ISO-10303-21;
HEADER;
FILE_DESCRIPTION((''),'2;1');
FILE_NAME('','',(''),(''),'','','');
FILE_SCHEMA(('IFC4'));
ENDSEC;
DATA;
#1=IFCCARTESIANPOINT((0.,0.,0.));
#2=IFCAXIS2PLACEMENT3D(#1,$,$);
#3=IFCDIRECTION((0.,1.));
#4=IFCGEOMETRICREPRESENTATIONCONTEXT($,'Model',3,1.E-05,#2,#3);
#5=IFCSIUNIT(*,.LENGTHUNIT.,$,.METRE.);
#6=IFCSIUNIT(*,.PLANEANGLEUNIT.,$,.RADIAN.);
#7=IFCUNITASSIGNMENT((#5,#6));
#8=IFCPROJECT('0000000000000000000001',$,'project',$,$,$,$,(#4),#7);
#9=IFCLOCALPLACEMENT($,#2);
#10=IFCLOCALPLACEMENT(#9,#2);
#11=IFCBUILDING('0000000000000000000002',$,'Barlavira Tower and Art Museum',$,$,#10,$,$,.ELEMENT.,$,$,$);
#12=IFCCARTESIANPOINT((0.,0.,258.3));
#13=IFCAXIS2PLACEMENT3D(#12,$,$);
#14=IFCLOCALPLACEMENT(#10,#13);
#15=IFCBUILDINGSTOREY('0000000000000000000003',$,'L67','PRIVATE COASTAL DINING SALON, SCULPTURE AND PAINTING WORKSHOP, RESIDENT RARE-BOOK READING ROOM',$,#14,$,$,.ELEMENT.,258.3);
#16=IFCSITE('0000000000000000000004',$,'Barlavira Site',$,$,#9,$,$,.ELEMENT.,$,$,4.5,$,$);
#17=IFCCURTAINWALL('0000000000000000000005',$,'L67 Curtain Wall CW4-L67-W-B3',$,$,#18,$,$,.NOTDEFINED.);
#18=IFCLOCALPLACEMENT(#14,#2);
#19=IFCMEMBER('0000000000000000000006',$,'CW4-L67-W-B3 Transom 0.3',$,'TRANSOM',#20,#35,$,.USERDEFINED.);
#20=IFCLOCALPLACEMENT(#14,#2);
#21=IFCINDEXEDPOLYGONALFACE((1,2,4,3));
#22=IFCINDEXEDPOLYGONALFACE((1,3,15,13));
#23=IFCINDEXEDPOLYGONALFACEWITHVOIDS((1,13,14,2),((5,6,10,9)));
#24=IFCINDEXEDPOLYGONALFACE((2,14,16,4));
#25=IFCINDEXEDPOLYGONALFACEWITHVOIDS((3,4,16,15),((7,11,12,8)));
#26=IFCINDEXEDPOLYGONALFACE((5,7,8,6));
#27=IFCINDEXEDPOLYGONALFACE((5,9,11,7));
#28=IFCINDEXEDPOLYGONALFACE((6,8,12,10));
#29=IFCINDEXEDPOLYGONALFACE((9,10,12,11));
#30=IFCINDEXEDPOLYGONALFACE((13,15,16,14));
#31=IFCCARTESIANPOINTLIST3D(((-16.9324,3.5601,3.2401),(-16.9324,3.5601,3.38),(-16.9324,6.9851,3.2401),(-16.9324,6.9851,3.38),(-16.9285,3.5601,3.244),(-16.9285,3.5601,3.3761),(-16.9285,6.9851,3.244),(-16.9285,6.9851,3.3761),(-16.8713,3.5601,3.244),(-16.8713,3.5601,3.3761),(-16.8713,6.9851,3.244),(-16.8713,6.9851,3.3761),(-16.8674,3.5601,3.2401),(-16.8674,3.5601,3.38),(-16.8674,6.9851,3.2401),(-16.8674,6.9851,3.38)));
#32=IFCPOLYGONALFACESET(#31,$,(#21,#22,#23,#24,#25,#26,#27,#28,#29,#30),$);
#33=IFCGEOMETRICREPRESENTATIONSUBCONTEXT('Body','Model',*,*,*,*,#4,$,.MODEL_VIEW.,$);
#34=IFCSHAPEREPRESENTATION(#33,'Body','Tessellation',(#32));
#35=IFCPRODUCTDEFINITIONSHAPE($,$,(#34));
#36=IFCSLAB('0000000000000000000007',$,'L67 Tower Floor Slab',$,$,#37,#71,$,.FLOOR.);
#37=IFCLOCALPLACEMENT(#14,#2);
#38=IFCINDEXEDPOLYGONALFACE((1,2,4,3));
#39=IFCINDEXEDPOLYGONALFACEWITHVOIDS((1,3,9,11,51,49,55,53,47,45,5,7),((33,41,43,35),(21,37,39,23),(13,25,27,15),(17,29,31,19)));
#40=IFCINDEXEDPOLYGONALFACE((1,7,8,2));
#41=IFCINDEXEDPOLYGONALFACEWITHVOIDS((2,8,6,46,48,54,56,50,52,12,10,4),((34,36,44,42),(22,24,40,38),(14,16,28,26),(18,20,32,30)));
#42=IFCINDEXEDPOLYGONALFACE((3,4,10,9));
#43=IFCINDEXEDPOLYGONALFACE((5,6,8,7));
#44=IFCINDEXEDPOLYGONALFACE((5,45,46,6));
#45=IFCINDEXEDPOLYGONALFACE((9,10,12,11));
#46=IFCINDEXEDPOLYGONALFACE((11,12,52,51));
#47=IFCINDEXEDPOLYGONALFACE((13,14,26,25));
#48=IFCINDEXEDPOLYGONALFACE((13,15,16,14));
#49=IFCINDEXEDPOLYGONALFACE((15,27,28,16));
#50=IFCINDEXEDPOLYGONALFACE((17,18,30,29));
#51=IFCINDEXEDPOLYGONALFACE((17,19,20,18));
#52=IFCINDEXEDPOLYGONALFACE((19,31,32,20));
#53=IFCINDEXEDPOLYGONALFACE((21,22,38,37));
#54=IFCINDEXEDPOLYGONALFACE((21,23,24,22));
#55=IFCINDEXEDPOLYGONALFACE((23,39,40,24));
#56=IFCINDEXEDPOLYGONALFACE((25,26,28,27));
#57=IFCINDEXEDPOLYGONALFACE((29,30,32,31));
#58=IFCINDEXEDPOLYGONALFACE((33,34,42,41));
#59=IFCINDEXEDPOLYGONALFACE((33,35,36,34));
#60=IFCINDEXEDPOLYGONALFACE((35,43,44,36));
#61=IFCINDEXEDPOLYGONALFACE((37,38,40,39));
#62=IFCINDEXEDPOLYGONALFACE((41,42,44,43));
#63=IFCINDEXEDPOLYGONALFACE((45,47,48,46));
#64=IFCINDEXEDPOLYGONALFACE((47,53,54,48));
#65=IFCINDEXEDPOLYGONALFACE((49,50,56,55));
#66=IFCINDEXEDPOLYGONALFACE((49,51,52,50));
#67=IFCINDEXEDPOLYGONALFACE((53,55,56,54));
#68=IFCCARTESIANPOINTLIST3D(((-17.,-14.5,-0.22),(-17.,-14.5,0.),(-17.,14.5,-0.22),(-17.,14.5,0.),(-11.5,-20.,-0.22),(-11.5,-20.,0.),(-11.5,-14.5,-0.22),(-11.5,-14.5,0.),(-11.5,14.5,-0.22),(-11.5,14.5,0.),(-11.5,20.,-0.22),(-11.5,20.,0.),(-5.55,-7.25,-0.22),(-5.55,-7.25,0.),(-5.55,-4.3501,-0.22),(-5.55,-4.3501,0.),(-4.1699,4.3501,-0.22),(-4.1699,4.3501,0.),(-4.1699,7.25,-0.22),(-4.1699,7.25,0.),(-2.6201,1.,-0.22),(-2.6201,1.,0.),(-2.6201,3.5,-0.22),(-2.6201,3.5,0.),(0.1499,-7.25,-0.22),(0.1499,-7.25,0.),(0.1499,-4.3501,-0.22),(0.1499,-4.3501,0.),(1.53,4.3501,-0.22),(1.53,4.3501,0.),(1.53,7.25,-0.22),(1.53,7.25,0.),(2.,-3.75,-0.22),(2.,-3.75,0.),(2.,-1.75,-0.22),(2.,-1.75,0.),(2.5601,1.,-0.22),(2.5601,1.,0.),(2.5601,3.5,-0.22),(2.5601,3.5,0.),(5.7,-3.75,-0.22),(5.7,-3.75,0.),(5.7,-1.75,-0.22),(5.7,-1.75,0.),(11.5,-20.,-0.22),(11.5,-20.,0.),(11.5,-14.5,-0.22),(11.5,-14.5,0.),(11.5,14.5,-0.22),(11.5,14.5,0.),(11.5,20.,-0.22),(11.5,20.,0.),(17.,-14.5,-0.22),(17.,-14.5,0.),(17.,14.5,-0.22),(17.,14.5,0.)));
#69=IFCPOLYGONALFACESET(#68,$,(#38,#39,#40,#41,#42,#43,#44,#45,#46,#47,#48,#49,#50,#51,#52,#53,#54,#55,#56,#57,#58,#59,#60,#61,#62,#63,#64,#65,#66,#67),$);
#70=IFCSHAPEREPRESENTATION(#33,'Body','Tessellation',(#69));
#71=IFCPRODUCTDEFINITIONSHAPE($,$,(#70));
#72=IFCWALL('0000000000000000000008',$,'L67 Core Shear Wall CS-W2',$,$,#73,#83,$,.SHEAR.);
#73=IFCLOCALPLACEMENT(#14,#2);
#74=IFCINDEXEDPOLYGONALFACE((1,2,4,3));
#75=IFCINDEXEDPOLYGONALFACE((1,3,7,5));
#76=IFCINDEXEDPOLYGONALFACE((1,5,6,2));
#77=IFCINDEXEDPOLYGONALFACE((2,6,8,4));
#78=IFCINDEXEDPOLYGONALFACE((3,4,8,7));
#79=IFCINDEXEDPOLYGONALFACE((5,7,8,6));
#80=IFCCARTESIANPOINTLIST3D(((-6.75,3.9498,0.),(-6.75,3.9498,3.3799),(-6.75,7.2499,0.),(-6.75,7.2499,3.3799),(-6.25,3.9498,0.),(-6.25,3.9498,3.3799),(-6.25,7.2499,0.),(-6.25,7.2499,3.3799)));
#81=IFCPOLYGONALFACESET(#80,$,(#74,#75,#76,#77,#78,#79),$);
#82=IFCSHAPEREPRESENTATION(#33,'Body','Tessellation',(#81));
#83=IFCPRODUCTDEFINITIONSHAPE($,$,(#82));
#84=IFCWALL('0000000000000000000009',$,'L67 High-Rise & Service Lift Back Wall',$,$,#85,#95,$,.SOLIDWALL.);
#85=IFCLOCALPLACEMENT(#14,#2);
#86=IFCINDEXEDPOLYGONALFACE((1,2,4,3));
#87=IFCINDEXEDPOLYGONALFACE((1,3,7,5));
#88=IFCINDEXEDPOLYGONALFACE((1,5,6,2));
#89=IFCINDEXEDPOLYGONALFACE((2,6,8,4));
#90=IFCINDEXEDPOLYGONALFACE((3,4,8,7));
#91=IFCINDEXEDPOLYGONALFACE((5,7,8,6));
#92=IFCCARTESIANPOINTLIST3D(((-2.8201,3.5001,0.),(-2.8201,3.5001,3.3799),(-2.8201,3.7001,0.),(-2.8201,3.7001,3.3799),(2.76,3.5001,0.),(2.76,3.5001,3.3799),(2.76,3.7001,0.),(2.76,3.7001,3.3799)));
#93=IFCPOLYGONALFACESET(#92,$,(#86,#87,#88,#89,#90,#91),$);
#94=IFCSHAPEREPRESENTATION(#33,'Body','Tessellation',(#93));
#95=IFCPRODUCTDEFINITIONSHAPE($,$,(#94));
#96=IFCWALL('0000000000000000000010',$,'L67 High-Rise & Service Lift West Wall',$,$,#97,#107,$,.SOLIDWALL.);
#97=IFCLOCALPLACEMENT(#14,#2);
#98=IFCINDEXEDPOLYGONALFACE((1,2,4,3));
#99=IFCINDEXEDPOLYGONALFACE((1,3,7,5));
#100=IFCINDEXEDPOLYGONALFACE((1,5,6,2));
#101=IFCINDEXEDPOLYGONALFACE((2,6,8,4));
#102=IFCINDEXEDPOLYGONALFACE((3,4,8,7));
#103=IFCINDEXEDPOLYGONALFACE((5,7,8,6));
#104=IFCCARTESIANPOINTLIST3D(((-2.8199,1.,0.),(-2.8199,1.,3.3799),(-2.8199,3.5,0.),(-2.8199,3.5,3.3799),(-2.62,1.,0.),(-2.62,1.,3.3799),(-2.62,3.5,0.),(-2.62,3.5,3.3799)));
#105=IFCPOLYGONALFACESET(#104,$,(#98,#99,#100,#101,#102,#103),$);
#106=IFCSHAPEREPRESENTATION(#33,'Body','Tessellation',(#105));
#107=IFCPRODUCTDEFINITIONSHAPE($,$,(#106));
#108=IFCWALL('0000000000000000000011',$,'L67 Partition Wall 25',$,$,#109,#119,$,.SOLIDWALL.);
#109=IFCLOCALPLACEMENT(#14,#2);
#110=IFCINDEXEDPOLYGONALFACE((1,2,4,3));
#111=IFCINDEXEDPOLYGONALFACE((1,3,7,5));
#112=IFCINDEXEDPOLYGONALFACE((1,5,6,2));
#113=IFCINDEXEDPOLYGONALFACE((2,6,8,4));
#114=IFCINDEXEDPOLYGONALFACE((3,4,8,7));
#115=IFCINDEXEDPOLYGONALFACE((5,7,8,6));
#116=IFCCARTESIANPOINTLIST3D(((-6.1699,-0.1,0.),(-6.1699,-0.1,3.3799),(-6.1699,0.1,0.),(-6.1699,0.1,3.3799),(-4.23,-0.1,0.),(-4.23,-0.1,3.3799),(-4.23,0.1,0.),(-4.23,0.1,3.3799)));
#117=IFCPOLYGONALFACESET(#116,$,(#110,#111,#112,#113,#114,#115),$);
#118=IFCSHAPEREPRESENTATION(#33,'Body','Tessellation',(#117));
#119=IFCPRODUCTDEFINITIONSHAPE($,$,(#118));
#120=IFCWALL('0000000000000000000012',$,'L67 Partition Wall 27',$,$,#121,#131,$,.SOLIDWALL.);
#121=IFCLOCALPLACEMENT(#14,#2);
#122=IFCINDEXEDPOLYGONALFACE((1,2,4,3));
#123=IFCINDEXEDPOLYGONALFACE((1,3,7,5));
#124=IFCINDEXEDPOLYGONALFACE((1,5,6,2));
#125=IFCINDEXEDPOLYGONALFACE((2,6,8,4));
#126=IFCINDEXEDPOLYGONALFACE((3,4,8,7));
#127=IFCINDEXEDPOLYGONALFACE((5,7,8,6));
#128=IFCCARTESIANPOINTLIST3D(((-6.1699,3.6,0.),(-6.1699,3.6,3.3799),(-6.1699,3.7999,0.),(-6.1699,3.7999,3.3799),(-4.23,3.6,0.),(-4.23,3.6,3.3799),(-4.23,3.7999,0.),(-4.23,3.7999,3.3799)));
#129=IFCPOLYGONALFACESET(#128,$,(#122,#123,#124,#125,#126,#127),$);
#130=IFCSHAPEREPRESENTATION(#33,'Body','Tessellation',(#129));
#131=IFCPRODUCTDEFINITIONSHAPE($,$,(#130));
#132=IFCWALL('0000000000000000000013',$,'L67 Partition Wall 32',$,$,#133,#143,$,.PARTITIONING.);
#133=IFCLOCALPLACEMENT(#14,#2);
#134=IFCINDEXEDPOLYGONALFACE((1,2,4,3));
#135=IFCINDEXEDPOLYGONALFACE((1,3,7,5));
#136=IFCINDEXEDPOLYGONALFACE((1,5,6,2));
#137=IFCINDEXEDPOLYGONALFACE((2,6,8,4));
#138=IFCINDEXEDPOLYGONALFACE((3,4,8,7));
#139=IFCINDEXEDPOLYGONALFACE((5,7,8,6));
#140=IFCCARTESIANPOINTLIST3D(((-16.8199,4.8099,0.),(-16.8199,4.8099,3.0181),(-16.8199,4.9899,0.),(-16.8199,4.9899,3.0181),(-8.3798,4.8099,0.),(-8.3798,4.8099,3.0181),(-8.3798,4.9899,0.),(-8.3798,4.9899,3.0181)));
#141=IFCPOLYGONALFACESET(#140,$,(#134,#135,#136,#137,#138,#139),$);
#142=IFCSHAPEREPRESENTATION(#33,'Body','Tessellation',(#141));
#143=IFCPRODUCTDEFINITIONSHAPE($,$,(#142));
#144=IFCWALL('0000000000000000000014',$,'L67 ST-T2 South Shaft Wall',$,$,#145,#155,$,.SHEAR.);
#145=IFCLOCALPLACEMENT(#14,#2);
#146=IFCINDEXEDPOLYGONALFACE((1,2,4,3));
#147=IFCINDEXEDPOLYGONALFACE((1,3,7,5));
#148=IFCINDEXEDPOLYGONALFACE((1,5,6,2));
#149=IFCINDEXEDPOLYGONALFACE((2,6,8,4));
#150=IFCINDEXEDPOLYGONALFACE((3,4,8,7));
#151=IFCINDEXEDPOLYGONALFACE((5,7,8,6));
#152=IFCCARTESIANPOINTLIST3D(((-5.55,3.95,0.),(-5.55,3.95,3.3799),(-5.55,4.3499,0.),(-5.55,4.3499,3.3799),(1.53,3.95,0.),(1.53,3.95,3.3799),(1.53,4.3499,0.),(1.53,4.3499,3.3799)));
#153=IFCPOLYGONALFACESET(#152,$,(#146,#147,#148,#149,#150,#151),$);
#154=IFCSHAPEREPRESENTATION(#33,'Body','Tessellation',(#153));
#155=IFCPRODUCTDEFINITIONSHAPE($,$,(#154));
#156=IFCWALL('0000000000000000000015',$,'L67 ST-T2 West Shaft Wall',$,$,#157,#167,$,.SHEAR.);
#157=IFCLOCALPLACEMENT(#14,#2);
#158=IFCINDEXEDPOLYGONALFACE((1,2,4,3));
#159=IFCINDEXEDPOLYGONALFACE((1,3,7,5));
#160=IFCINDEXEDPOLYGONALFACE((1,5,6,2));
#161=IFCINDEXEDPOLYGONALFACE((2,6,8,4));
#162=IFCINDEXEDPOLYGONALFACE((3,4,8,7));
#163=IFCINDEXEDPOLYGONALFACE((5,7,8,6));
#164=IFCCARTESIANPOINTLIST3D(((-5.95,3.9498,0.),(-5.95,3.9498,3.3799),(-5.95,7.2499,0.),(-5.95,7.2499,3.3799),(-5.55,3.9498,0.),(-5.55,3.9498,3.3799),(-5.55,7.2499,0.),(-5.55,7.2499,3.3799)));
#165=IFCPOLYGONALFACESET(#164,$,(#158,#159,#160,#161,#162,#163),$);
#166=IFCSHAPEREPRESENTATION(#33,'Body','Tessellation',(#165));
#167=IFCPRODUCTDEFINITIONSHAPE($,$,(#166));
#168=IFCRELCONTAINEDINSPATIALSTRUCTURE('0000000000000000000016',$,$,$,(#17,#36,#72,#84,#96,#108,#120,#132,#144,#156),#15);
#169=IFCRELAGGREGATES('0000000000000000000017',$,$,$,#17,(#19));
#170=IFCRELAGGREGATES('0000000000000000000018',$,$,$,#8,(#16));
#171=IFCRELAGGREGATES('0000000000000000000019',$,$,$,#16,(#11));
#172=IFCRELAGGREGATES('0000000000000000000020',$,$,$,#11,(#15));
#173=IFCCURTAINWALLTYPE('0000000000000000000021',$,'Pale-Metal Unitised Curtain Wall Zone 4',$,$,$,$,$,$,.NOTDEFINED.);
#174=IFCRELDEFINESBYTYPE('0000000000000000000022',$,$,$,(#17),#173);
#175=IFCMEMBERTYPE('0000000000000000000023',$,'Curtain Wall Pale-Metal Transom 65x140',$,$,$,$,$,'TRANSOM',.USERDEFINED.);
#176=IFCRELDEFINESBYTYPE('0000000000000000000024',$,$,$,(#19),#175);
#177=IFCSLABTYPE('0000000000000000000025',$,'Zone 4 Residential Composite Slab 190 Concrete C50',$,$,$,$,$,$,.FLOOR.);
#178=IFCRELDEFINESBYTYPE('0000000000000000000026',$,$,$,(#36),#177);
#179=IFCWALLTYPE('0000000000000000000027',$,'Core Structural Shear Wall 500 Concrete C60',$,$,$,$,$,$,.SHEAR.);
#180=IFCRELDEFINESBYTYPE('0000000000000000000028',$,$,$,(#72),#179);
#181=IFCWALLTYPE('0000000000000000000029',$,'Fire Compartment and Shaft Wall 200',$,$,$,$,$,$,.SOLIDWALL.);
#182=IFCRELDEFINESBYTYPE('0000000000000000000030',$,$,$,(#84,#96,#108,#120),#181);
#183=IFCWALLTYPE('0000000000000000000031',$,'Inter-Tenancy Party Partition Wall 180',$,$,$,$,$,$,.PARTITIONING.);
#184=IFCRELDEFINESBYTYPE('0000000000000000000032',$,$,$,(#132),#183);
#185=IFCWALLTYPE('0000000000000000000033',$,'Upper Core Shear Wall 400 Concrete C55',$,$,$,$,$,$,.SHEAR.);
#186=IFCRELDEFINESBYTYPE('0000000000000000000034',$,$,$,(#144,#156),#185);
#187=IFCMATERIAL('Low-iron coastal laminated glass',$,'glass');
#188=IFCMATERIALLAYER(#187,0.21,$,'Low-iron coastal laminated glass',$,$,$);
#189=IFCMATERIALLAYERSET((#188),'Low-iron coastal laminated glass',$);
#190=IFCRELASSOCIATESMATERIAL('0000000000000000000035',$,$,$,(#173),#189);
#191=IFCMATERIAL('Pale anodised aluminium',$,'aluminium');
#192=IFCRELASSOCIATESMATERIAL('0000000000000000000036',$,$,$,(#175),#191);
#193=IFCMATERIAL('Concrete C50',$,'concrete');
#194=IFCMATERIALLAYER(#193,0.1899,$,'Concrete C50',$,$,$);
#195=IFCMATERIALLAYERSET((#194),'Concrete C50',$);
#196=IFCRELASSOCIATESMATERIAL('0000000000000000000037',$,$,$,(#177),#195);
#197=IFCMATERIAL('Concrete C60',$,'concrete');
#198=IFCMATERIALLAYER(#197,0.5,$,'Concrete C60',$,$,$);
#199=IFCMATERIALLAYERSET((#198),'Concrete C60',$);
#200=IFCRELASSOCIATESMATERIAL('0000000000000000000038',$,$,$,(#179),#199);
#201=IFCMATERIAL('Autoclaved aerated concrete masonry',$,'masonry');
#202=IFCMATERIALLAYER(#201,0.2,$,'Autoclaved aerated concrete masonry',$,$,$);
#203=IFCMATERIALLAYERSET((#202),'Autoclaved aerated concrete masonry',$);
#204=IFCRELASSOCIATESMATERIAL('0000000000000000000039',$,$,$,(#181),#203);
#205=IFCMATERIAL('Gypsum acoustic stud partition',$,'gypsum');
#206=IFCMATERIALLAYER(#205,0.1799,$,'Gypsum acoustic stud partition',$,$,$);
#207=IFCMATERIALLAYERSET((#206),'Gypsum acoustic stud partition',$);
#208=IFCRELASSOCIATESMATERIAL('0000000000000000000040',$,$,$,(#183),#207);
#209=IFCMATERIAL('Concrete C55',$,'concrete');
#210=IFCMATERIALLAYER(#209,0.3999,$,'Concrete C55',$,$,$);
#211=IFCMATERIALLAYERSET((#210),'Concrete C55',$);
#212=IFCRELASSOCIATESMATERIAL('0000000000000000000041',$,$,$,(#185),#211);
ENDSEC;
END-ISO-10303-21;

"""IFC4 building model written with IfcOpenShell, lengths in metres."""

from ifc_helpers import new_model, si_unit, direction, frame, frame_2d, origin, origin_2d, place, context, subcontext, project, spatial, polyline, rectangle, hollow_rectangle, outline, extrude, material, layer, layer_set, material_profile, profile_set, type_object, element, aggregate, save


model = new_model("IFC4")

# Units and contexts
model_context = context("Model", 3, precision=1e-05, world=origin(), true_north=direction((0.0, 1.0)))
body_context = subcontext(model_context, "Body", "Model", "MODEL_VIEW")
ifc_project = project(units=[si_unit("LENGTHUNIT", "METRE"), si_unit("PLANEANGLEUNIT", "RADIAN")], contexts=[model_context])

# Site, building, storey
site_placement = place(None, origin())
site = spatial("IfcSite", under=ifc_project, at=site_placement, Name="Barlavira Site", CompositionType="ELEMENT", RefElevation=4.5)
building_placement = place(site_placement, origin())
building = spatial("IfcBuilding", under=site, at=building_placement, Name="Barlavira Tower and Art Museum", CompositionType="ELEMENT")
storey_placement = place(building_placement, frame((0.0, 0.0, 258.3)))
storey = spatial("IfcBuildingStorey", under=building, at=storey_placement, Name="L67", Description="PRIVATE COASTAL DINING SALON, SCULPTURE AND PAINTING WORKSHOP, RESIDENT RARE-BOOK READING ROOM", CompositionType="ELEMENT", Elevation=258.3)

# Curtain wall, member
ifc_material_1 = material(Name="Low-iron coastal laminated glass", Category="glass")
ifc_layer_1 = layer(ifc_material_1, 0.21, Name="Low-iron coastal laminated glass")
ifc_layer_set_1 = layer_set([ifc_layer_1], Name="Low-iron coastal laminated glass")
curtain_wall_type = type_object("IfcCurtainWallType", Name="Pale-Metal Unitised Curtain Wall Zone 4", PredefinedType="NOTDEFINED", material=ifc_layer_set_1)
curtain_wall_placement = place(storey_placement, origin())
curtain_wall = element("IfcCurtainWall", 1, at=curtain_wall_placement, inside=storey, type_object=curtain_wall_type, Name="L67 Curtain Wall CW4-L67-W-B3", PredefinedType="NOTDEFINED")
ifc_material_2 = material(Name="Pale anodised aluminium", Category="aluminium")
ifc_material_profile = material_profile(ifc_material_2, hollow_rectangle(XDim=0.0649, YDim=0.1399, WallThickness=0.0039, at=origin_2d()), Name="ALU-TRAN 65x140x4")
ifc_profile_set = profile_set([ifc_material_profile], Name="Pale anodised aluminium")
member_type = type_object("IfcMemberType", Name="Curtain Wall Pale-Metal Transom 65x140", ElementType="TRANSOM", PredefinedType="USERDEFINED", material=ifc_profile_set)
member_placement = place(storey_placement, frame((-16.8999, 6.9851, 3.3101), z_axis=(0.0, -1.0, 0.0), x_axis=(1.0, 0.0, 0.0)))
member = element("IfcMember", 2, at=member_placement, type_object=member_type, Name="CW4-L67-W-B3 Transom 0.3", ObjectType="TRANSOM", PredefinedType="USERDEFINED", context=body_context, shape_type="SweptSolid", body=[
    extrude(hollow_rectangle(XDim=0.0649, YDim=0.1399, WallThickness=0.0039, at=origin_2d()), origin(), (0.0, 0.0, 1.0), 3.425),
])
aggregate(curtain_wall, [member])

# Slab
ifc_material_3 = material(Name="Concrete C50", Category="concrete")
ifc_layer_2 = layer(ifc_material_3, 0.1899, Name="Concrete C50")
ifc_layer_set_2 = layer_set([ifc_layer_2], Name="Concrete C50")
slab_type = type_object("IfcSlabType", Name="Zone 4 Residential Composite Slab 190 Concrete C50", PredefinedType="FLOOR", material=ifc_layer_set_2)
slab_placement = place(storey_placement, frame((0.0, 0.0, -0.22)))
element("IfcSlab", 3, at=slab_placement, inside=storey, type_object=slab_type, Name="L67 Tower Floor Slab", PredefinedType="FLOOR", context=body_context, shape_type="SweptSolid", body=[
    extrude(outline(polyline([(-11.5, -20.0), (11.5, -20.0), (11.5, -14.5), (17.0, -14.5), (17.0, 14.5), (11.5, 14.5), (11.5, 20.0), (-11.5, 20.0), (-11.5, 14.5), (-17.0, 14.5), (-17.0, -14.5), (-11.5, -14.5), (-11.5, -20.0)]), holes=[polyline([(0.1499, -4.3501), (-5.55, -4.3501), (-5.55, -7.25), (0.1499, -7.25), (0.1499, -4.3501)]), polyline([(-4.1699, 4.3501), (1.53, 4.3501), (1.53, 7.25), (-4.1699, 7.25), (-4.1699, 4.3501)]), polyline([(-2.6201, 1.0), (2.5601, 1.0), (2.5601, 3.5), (-2.6201, 3.5), (-2.6201, 1.0)]), polyline([(2.0, -3.75), (5.7, -3.75), (5.7, -1.75), (2.0, -1.75), (2.0, -3.75)])]), origin(), (0.0, 0.0, 1.0), 0.22),
])

# Wall
ifc_material_4 = material(Name="Concrete C60", Category="concrete")
ifc_layer_3 = layer(ifc_material_4, 0.5, Name="Concrete C60")
ifc_layer_set_3 = layer_set([ifc_layer_3], Name="Concrete C60")
wall_type_1 = type_object("IfcWallType", Name="Core Structural Shear Wall 500 Concrete C60", PredefinedType="SHEAR", material=ifc_layer_set_3)
wall_1_placement = place(storey_placement, frame((-6.5, 3.95, 0.0), z_axis=(0.0, 0.0, 1.0), x_axis=(0.0, 1.0, 0.0)))
element("IfcWall", 4, at=wall_1_placement, inside=storey, type_object=wall_type_1, Name="L67 Core Shear Wall CS-W2", PredefinedType="SHEAR", context=body_context, shape_type="SweptSolid", body=[
    extrude(rectangle(XDim=3.3, YDim=0.5, at=frame_2d((1.6499, 0.0))), origin(), (0.0, 0.0, 1.0), 3.3799),
])

# Shared definitions
ifc_material_5 = material(Name="Autoclaved aerated concrete masonry", Category="masonry")
ifc_layer_4 = layer(ifc_material_5, 0.2, Name="Autoclaved aerated concrete masonry")
ifc_layer_set_4 = layer_set([ifc_layer_4], Name="Autoclaved aerated concrete masonry")
wall_type_2 = type_object("IfcWallType", Name="Fire Compartment and Shaft Wall 200", PredefinedType="SOLIDWALL", material=ifc_layer_set_4)

# Walls
wall_2_placement = place(storey_placement, frame((-2.8201, 3.6001, 0.0), z_axis=(0.0, 0.0, 1.0), x_axis=(1.0, 0.0, 0.0)))
element("IfcWall", 5, at=wall_2_placement, inside=storey, type_object=wall_type_2, Name="L67 High-Rise & Service Lift Back Wall", PredefinedType="SOLIDWALL", context=body_context, shape_type="SweptSolid", body=[
    extrude(rectangle(XDim=5.5801, YDim=0.2, at=frame_2d((2.79, 0.0))), origin(), (0.0, 0.0, 1.0), 3.3799),
])
wall_3_placement = place(storey_placement, frame((-2.72, 1.0, 0.0), z_axis=(0.0, 0.0, 1.0), x_axis=(0.0, 1.0, 0.0)))
element("IfcWall", 6, at=wall_3_placement, inside=storey, type_object=wall_type_2, Name="L67 High-Rise & Service Lift West Wall", PredefinedType="SOLIDWALL", context=body_context, shape_type="SweptSolid", body=[
    extrude(rectangle(XDim=2.5, YDim=0.2, at=frame_2d((1.25, 0.0))), origin(), (0.0, 0.0, 1.0), 3.3799),
])
for number, where, z_axis, x_axis, name in (
    (7, (-6.1699, 0.0, 0.0), (0.0, 0.0, 1.0), (1.0, 0.0, 0.0), "L67 Partition Wall 25"),
    (8, (-6.1699, 3.7, 0.0), (0.0, 0.0, 1.0), (1.0, 0.0, 0.0), "L67 Partition Wall 27"),
):
    element("IfcWall", number, at=place(storey_placement, frame(where, z_axis=z_axis, x_axis=x_axis)), inside=storey, type_object=wall_type_2, Name=name, PredefinedType="SOLIDWALL", context=body_context, shape_type="SweptSolid", body=[
        extrude(rectangle(XDim=1.9399, YDim=0.2, at=frame_2d((0.97, 0.0))), origin(), (0.0, 0.0, 1.0), 3.3799),
    ])
ifc_material_6 = material(Name="Gypsum acoustic stud partition", Category="gypsum")
ifc_layer_5 = layer(ifc_material_6, 0.1799, Name="Gypsum acoustic stud partition")
ifc_layer_set_5 = layer_set([ifc_layer_5], Name="Gypsum acoustic stud partition")
wall_type_3 = type_object("IfcWallType", Name="Inter-Tenancy Party Partition Wall 180", PredefinedType="PARTITIONING", material=ifc_layer_set_5)
wall_4_placement = place(storey_placement, frame((-16.8201, 4.8999, 0.0), z_axis=(0.0, 0.0, 1.0), x_axis=(1.0, 0.0, 0.0)))
element("IfcWall", 9, at=wall_4_placement, inside=storey, type_object=wall_type_3, Name="L67 Partition Wall 32", PredefinedType="PARTITIONING", context=body_context, shape_type="SweptSolid", body=[
    extrude(rectangle(XDim=8.4402, YDim=0.1799, at=frame_2d((4.2202, 0.0))), origin(), (0.0, 0.0, 1.0), 3.0181),
])
ifc_material_7 = material(Name="Concrete C55", Category="concrete")
ifc_layer_6 = layer(ifc_material_7, 0.3999, Name="Concrete C55")
ifc_layer_set_6 = layer_set([ifc_layer_6], Name="Concrete C55")
wall_type_4 = type_object("IfcWallType", Name="Upper Core Shear Wall 400 Concrete C55", PredefinedType="SHEAR", material=ifc_layer_set_6)
wall_5_placement = place(storey_placement, frame((-5.55, 4.1499, 0.0), z_axis=(0.0, 0.0, 1.0), x_axis=(1.0, 0.0, 0.0)))
element("IfcWall", 10, at=wall_5_placement, inside=storey, type_object=wall_type_4, Name="L67 ST-T2 South Shaft Wall", PredefinedType="SHEAR", context=body_context, shape_type="SweptSolid", body=[
    extrude(rectangle(XDim=7.0801, YDim=0.3999, at=frame_2d((3.54, 0.0))), origin(), (0.0, 0.0, 1.0), 3.3799),
])
wall_6_placement = place(storey_placement, frame((-5.75, 3.95, 0.0), z_axis=(0.0, 0.0, 1.0), x_axis=(0.0, 1.0, 0.0)))
element("IfcWall", 11, at=wall_6_placement, inside=storey, type_object=wall_type_4, Name="L67 ST-T2 West Shaft Wall", PredefinedType="SHEAR", context=body_context, shape_type="SweptSolid", body=[
    extrude(rectangle(XDim=3.3, YDim=0.3999, at=frame_2d((1.6499, 0.0))), origin(), (0.0, 0.0, 1.0), 3.3799),
])

save(model, "model.ifc")
